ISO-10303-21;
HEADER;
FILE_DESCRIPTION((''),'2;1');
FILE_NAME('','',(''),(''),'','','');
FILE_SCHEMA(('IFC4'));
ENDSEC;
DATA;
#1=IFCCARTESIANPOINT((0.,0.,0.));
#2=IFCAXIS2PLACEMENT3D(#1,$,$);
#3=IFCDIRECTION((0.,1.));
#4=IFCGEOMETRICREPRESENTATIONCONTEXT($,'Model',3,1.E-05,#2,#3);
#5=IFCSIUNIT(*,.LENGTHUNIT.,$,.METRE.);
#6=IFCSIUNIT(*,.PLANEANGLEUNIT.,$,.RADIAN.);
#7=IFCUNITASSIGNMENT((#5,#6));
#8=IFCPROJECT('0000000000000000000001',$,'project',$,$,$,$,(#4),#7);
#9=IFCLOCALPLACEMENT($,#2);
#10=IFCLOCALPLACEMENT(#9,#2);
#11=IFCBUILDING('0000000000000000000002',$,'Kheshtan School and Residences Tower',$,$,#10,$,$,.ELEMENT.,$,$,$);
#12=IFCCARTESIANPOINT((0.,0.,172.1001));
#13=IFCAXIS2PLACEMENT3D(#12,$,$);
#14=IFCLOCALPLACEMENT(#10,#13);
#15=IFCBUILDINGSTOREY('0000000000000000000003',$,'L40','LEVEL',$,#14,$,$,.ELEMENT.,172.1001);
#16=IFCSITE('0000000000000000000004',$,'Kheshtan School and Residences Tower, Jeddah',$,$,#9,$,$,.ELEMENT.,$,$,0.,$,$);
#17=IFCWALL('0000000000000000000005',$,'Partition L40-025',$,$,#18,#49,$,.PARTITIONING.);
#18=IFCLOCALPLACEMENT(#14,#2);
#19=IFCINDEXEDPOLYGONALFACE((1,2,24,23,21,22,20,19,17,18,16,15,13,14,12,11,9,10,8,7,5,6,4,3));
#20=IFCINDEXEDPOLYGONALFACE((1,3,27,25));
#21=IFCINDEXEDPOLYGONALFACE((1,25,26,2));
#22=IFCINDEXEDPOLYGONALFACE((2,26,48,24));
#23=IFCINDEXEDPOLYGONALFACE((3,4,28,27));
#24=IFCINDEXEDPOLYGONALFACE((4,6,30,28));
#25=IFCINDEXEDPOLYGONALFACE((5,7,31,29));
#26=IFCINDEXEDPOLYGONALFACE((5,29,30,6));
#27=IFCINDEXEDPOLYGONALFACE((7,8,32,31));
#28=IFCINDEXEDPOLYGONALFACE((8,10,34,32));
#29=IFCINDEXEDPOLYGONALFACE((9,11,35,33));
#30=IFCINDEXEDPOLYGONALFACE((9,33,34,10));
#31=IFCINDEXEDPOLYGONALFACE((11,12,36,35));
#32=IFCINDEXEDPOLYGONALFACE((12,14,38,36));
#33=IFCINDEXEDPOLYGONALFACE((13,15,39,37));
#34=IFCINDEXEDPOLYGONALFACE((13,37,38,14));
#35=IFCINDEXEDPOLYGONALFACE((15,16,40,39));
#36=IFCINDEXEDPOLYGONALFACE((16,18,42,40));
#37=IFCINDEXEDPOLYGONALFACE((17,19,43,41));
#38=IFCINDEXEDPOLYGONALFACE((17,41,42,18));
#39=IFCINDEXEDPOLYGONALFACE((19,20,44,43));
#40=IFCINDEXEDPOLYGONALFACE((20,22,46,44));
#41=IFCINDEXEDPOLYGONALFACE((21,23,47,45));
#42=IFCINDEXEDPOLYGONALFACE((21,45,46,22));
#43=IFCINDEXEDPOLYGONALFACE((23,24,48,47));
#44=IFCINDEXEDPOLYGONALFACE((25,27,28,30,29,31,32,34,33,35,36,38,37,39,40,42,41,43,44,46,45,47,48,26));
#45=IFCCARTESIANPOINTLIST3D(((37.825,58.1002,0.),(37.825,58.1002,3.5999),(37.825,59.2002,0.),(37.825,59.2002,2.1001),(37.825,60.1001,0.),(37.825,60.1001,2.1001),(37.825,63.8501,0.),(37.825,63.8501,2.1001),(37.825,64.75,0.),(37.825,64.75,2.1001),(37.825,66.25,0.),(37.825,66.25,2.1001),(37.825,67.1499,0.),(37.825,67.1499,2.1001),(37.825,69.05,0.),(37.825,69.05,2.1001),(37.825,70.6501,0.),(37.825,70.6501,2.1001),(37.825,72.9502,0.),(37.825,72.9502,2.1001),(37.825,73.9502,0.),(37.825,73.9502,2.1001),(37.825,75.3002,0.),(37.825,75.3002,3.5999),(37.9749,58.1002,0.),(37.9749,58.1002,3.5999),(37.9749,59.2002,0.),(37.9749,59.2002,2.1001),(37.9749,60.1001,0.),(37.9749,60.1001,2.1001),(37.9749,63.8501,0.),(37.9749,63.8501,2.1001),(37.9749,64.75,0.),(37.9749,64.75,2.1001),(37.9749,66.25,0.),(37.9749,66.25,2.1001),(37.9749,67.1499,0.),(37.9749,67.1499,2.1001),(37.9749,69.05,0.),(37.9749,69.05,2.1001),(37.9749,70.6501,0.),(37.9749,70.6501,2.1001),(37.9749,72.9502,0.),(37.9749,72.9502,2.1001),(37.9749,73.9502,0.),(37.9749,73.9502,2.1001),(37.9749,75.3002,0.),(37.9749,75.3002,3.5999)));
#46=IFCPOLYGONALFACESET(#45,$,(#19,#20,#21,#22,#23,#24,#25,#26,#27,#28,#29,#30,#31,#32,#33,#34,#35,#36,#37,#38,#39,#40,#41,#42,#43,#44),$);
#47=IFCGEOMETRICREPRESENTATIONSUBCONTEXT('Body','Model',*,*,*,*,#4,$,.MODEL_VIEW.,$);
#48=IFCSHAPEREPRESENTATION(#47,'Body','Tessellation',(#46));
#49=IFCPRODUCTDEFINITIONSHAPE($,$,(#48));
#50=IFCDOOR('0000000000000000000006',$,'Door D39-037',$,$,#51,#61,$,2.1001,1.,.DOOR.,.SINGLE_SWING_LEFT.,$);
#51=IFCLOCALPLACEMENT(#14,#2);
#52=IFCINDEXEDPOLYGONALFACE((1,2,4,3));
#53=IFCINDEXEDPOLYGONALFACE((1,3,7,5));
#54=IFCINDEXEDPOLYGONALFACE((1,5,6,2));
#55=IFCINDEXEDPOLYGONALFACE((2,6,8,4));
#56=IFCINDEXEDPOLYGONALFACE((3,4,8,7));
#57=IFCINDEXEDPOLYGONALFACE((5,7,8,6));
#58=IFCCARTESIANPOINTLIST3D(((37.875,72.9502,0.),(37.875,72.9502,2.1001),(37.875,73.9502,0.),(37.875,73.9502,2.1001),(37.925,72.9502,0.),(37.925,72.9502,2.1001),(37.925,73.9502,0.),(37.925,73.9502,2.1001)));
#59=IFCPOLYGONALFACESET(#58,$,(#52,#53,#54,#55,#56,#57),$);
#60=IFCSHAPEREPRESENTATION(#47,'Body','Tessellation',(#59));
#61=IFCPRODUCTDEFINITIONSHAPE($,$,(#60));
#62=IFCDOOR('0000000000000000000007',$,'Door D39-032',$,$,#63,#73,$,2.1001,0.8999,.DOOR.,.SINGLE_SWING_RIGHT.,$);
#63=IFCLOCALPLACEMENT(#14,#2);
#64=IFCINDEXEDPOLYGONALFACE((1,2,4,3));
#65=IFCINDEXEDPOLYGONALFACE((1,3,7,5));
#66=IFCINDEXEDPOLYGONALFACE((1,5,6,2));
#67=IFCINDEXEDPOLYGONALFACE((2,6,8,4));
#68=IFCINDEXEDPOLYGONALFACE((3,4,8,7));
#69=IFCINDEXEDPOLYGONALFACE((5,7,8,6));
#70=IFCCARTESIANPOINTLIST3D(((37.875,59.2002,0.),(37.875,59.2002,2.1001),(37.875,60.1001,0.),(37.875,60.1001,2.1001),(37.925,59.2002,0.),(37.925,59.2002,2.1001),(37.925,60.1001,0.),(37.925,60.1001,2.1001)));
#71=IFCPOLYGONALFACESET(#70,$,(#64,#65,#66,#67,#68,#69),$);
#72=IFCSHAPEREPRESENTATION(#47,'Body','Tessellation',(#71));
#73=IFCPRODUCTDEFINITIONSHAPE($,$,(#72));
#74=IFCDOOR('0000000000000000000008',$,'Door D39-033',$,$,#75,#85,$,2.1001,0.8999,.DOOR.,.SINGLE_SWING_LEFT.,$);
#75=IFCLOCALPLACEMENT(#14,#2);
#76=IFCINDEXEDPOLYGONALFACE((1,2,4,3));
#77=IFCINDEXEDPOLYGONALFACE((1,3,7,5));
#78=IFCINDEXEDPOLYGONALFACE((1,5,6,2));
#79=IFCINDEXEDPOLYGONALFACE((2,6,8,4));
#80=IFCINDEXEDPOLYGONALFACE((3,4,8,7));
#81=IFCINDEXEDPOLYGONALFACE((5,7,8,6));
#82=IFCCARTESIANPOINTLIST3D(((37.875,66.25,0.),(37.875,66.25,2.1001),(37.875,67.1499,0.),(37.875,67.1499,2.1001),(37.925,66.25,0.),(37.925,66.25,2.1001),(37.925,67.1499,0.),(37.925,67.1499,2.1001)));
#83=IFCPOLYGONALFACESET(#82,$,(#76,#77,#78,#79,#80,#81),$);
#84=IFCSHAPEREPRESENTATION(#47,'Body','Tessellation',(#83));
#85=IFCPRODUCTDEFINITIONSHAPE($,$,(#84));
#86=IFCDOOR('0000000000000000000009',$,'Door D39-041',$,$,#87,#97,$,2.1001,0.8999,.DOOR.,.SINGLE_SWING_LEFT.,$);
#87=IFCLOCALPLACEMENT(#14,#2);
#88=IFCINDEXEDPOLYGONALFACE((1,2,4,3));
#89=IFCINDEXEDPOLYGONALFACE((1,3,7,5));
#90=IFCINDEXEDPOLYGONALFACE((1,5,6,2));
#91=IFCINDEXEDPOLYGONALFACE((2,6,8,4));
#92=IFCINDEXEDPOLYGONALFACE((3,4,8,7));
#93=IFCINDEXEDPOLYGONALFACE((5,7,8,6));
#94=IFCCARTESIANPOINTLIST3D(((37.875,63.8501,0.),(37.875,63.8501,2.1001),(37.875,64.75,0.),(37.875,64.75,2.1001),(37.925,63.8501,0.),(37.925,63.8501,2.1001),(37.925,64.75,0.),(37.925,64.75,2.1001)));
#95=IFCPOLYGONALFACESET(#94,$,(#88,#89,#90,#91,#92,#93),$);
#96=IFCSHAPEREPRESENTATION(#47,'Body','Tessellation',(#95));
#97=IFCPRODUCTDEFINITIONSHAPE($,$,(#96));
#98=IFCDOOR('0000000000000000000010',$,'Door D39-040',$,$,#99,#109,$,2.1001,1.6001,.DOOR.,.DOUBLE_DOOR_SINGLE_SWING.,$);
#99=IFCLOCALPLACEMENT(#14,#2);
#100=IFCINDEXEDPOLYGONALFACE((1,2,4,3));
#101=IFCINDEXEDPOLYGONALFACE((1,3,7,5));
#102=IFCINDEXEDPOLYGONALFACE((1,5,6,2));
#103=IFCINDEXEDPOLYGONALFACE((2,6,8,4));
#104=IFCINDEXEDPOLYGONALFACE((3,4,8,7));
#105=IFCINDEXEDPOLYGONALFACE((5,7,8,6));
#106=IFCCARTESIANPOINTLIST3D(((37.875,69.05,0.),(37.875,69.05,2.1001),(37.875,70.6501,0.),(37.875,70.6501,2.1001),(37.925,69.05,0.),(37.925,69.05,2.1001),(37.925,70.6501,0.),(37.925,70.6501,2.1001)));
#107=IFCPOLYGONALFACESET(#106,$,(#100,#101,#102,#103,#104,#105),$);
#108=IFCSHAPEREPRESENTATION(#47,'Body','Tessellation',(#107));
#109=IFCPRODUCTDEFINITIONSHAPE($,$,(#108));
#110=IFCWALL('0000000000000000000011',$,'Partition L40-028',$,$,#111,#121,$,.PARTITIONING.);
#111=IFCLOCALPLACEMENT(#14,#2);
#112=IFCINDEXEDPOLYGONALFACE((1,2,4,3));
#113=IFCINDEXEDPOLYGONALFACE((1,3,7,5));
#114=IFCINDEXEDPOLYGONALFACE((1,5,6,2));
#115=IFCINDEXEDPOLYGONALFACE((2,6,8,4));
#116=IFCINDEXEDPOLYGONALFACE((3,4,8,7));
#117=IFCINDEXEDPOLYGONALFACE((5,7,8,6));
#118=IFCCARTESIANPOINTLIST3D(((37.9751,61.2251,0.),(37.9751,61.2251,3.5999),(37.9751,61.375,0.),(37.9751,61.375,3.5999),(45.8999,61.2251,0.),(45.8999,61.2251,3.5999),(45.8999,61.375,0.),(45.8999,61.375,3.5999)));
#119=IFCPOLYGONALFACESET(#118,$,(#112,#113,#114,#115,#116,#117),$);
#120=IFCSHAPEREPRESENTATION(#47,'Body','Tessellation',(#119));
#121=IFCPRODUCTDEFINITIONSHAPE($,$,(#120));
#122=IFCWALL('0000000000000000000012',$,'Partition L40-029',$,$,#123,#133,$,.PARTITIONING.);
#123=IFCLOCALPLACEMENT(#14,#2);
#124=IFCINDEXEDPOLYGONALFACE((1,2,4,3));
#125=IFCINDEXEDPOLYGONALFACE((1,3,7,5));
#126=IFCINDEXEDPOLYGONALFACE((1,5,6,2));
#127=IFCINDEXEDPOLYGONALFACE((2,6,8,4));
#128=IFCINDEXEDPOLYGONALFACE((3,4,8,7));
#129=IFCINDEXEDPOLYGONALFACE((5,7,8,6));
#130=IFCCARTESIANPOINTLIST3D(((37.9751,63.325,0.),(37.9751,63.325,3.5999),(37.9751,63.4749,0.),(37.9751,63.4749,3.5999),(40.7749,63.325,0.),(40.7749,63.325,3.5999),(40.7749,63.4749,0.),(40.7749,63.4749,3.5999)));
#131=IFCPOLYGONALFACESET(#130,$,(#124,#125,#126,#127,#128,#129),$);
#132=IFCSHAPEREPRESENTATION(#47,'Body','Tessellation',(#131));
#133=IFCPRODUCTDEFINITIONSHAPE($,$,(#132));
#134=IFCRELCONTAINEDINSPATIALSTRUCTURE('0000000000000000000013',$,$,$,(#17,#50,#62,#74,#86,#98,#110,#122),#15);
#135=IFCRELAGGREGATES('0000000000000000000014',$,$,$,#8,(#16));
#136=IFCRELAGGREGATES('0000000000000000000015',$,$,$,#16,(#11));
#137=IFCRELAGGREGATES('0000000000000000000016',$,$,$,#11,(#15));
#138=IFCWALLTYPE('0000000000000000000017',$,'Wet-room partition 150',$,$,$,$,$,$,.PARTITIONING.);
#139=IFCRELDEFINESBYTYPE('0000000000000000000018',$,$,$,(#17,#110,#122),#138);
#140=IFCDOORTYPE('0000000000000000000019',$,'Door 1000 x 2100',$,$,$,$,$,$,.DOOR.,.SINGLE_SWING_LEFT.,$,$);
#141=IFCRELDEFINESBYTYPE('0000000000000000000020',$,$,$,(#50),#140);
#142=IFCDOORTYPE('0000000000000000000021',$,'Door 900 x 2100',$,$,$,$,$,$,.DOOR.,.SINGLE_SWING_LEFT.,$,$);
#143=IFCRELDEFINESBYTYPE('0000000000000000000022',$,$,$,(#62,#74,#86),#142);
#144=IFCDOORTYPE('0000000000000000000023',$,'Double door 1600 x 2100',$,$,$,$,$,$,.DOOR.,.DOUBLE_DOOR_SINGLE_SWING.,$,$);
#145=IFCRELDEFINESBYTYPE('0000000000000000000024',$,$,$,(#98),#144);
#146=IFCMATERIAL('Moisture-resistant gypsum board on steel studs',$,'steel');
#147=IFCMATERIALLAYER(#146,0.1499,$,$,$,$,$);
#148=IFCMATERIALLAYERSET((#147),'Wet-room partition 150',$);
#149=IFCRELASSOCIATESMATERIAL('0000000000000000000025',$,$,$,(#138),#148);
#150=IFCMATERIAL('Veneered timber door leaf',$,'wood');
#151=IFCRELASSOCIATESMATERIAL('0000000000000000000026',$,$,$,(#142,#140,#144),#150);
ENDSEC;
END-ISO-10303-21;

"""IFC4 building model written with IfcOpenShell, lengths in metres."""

from ifc_helpers import new_model, si_unit, direction, frame, frame_2d, origin, place, context, subcontext, project, spatial, rectangle, extrude, source, transform, mapped, material, layer, layer_set, type_object, element, fill, save


model = new_model("IFC4")

# Units and contexts
model_context = context("Model", 3, precision=1e-05, world=origin(), true_north=direction((0.0, 1.0)))
body_context = subcontext(model_context, "Body", "Model", "MODEL_VIEW")
ifc_project = project(units=[si_unit("LENGTHUNIT", "METRE"), si_unit("PLANEANGLEUNIT", "RADIAN")], contexts=[model_context])

# Site, building, storey
site_placement = place(None, origin())
site = spatial("IfcSite", under=ifc_project, at=site_placement, Name="Kheshtan School and Residences Tower, Jeddah", CompositionType="ELEMENT", RefElevation=0.0)
building_placement = place(site_placement, origin())
building = spatial("IfcBuilding", under=site, at=building_placement, Name="Kheshtan School and Residences Tower", CompositionType="ELEMENT")
storey_placement = place(building_placement, frame((0.0, 0.0, 172.1001)))
storey = spatial("IfcBuildingStorey", under=building, at=storey_placement, Name="L40", Description="LEVEL", CompositionType="ELEMENT", Elevation=172.1001)

# Shared definitions
ifc_material_1 = material(Name="Moisture-resistant gypsum board on steel studs", Category="steel")
ifc_layer_1 = layer(ifc_material_1, 0.1499)
ifc_layer_set_1 = layer_set([ifc_layer_1], Name="Wet-room partition 150")
wall_type_1 = type_object("IfcWallType", Name="Wet-room partition 150", PredefinedType="PARTITIONING", material=ifc_layer_set_1)

# Shared definitions
ifc_material_2 = material(Name="Veneered timber door leaf", Category="wood")

# Wall, openings, doors
door_type_1 = type_object("IfcDoorType", Name="Door 900 x 2100", OperationType="SINGLE_SWING_LEFT", PredefinedType="DOOR", material=ifc_material_2)
shared_shape_1 = source(origin(), body_context, "Body", "SweptSolid", [
    extrude(rectangle(XDim=0.8999, YDim=2.1001, at=frame_2d((0.45, 1.05))), frame((0.0, 0.0249, 0.0), z_axis=(0.0, -1.0, 0.0), x_axis=(1.0, 0.0, 0.0)), (0.0, 0.0, 1.0), 0.05),
])
wall_1_placement = place(storey_placement, frame((37.8999, 58.1001, 0.0), z_axis=(0.0, 0.0, 1.0), x_axis=(0.0, 1.0, 0.0)))
wall_1 = element("IfcWall", 1, at=wall_1_placement, inside=storey, type_object=wall_type_1, Name="Partition L40-025", PredefinedType="PARTITIONING", context=body_context, shape_type="SweptSolid", body=[
    extrude(rectangle(XDim=17.2, YDim=0.1499, at=frame_2d((8.6001, 0.0))), origin(), (0.0, 0.0, 1.0), 3.5999),
])
opening_1_placement = place(wall_1_placement, frame((1.1001, 0.0, 0.0)))
opening_1 = element("IfcOpeningElement", 2, at=opening_1_placement, cuts=wall_1, PredefinedType="OPENING", context=body_context, shape_type="SweptSolid", body=[
    extrude(rectangle(XDim=0.8999, YDim=2.1001, at=frame_2d((0.45, 1.05))), frame((0.0, 0.085, 0.0), z_axis=(0.0, -1.0, 0.0), x_axis=(1.0, 0.0, 0.0)), (0.0, 0.0, 1.0), 0.1699),
])
opening_2_placement = place(wall_1_placement, frame((8.1499, 0.0, 0.0)))
opening_2 = element("IfcOpeningElement", 3, at=opening_2_placement, cuts=wall_1, PredefinedType="OPENING", context=body_context, shape_type="SweptSolid", body=[
    extrude(rectangle(XDim=0.8999, YDim=2.1001, at=frame_2d((0.45, 1.05))), frame((0.0, 0.085, 0.0), z_axis=(0.0, -1.0, 0.0), x_axis=(1.0, 0.0, 0.0)), (0.0, 0.0, 1.0), 0.1699),
])
opening_3_placement = place(wall_1_placement, frame((14.8501, 0.0, 0.0)))
opening_3 = element("IfcOpeningElement", 4, at=opening_3_placement, cuts=wall_1, PredefinedType="OPENING", context=body_context, shape_type="SweptSolid", body=[
    extrude(rectangle(XDim=1.0, YDim=2.1001, at=frame_2d((0.5, 1.05))), frame((0.0, 0.085, 0.0), z_axis=(0.0, -1.0, 0.0), x_axis=(1.0, 0.0, 0.0)), (0.0, 0.0, 1.0), 0.1699),
])
opening_4_placement = place(wall_1_placement, frame((10.95, 0.0, 0.0)))
opening_4 = element("IfcOpeningElement", 5, at=opening_4_placement, cuts=wall_1, PredefinedType="OPENING", context=body_context, shape_type="SweptSolid", body=[
    extrude(rectangle(XDim=1.6001, YDim=2.1001, at=frame_2d((0.8, 1.05))), frame((0.0, 0.085, 0.0), z_axis=(0.0, -1.0, 0.0), x_axis=(1.0, 0.0, 0.0)), (0.0, 0.0, 1.0), 0.1699),
])
opening_5_placement = place(wall_1_placement, frame((5.75, 0.0, 0.0)))
opening_5 = element("IfcOpeningElement", 6, at=opening_5_placement, cuts=wall_1, PredefinedType="OPENING", context=body_context, shape_type="SweptSolid", body=[
    extrude(rectangle(XDim=0.8999, YDim=2.1001, at=frame_2d((0.45, 1.05))), frame((0.0, 0.085, 0.0), z_axis=(0.0, -1.0, 0.0), x_axis=(1.0, 0.0, 0.0)), (0.0, 0.0, 1.0), 0.1699),
])
door_type_2 = type_object("IfcDoorType", Name="Door 1000 x 2100", OperationType="SINGLE_SWING_LEFT", PredefinedType="DOOR", material=ifc_material_2)
shared_shape_2 = source(origin(), body_context, "Body", "SweptSolid", [
    extrude(rectangle(XDim=1.0, YDim=2.1001, at=frame_2d((0.5, 1.05))), frame((0.0, 0.0249, 0.0), z_axis=(0.0, -1.0, 0.0), x_axis=(1.0, 0.0, 0.0)), (0.0, 0.0, 1.0), 0.05),
])
door_1_placement = place(opening_3_placement, origin())
door_1 = element("IfcDoor", 7, at=door_1_placement, inside=storey, type_object=door_type_2, Name="Door D39-037", OperationType="SINGLE_SWING_LEFT", OverallHeight=2.1001, OverallWidth=1.0, PredefinedType="DOOR", context=body_context, shape_type="MappedRepresentation", body=[
    mapped(shared_shape_2, transform((0.0, 0.0, 0.0), x_axis=(1.0, 0.0, 0.0), y_axis=(0.0, 1.0, 0.0), z_axis=(0.0, 0.0, 1.0), scale=1.0)),
])
fill(opening_3, door_1)
door_2_placement = place(opening_1_placement, origin())
door_2 = element("IfcDoor", 8, at=door_2_placement, inside=storey, type_object=door_type_1, Name="Door D39-032", OperationType="SINGLE_SWING_RIGHT", OverallHeight=2.1001, OverallWidth=0.8999, PredefinedType="DOOR", context=body_context, shape_type="MappedRepresentation", body=[
    mapped(shared_shape_1, transform((0.0, 0.0, 0.0), x_axis=(1.0, 0.0, 0.0), y_axis=(0.0, 1.0, 0.0), z_axis=(0.0, 0.0, 1.0), scale=1.0)),
])
fill(opening_1, door_2)
door_3_placement = place(opening_2_placement, origin())
door_3 = element("IfcDoor", 9, at=door_3_placement, inside=storey, type_object=door_type_1, Name="Door D39-033", OperationType="SINGLE_SWING_LEFT", OverallHeight=2.1001, OverallWidth=0.8999, PredefinedType="DOOR", context=body_context, shape_type="MappedRepresentation", body=[
    mapped(shared_shape_1, transform((0.0, 0.0, 0.0), x_axis=(1.0, 0.0, 0.0), y_axis=(0.0, 1.0, 0.0), z_axis=(0.0, 0.0, 1.0), scale=1.0)),
])
fill(opening_2, door_3)
door_4_placement = place(opening_5_placement, origin())
door_4 = element("IfcDoor", 10, at=door_4_placement, inside=storey, type_object=door_type_1, Name="Door D39-041", OperationType="SINGLE_SWING_LEFT", OverallHeight=2.1001, OverallWidth=0.8999, PredefinedType="DOOR", context=body_context, shape_type="MappedRepresentation", body=[
    mapped(shared_shape_1, transform((0.0, 0.0, 0.0), x_axis=(1.0, 0.0, 0.0), y_axis=(0.0, 1.0, 0.0), z_axis=(0.0, 0.0, 1.0), scale=1.0)),
])
fill(opening_5, door_4)
door_type_3 = type_object("IfcDoorType", Name="Double door 1600 x 2100", OperationType="DOUBLE_DOOR_SINGLE_SWING", PredefinedType="DOOR", material=ifc_material_2)
shared_shape_3 = source(origin(), body_context, "Body", "SweptSolid", [
    extrude(rectangle(XDim=1.6001, YDim=2.1001, at=frame_2d((0.8, 1.05))), frame((0.0, 0.0249, 0.0), z_axis=(0.0, -1.0, 0.0), x_axis=(1.0, 0.0, 0.0)), (0.0, 0.0, 1.0), 0.05),
])
door_5_placement = place(opening_4_placement, origin())
door_5 = element("IfcDoor", 11, at=door_5_placement, inside=storey, type_object=door_type_3, Name="Door D39-040", OperationType="DOUBLE_DOOR_SINGLE_SWING", OverallHeight=2.1001, OverallWidth=1.6001, PredefinedType="DOOR", context=body_context, shape_type="MappedRepresentation", body=[
    mapped(shared_shape_3, transform((0.0, 0.0, 0.0), x_axis=(1.0, 0.0, 0.0), y_axis=(0.0, 1.0, 0.0), z_axis=(0.0, 0.0, 1.0), scale=1.0)),
])
fill(opening_4, door_5)

# Walls
wall_2_placement = place(storey_placement, frame((37.9751, 61.3, 0.0), z_axis=(0.0, 0.0, 1.0), x_axis=(1.0, 0.0, 0.0)))
element("IfcWall", 12, at=wall_2_placement, inside=storey, type_object=wall_type_1, Name="Partition L40-028", PredefinedType="PARTITIONING", context=body_context, shape_type="SweptSolid", body=[
    extrude(rectangle(XDim=7.9248, YDim=0.1499, at=frame_2d((3.9624, 0.0))), origin(), (0.0, 0.0, 1.0), 3.5999),
])
wall_3_placement = place(storey_placement, frame((37.9751, 63.3999, 0.0), z_axis=(0.0, 0.0, 1.0), x_axis=(1.0, 0.0, 0.0)))
element("IfcWall", 13, at=wall_3_placement, inside=storey, type_object=wall_type_1, Name="Partition L40-029", PredefinedType="PARTITIONING", context=body_context, shape_type="SweptSolid", body=[
    extrude(rectangle(XDim=2.7998, YDim=0.1499, at=frame_2d((1.3999, 0.0))), origin(), (0.0, 0.0, 1.0), 3.5999),
])

save(model, "model.ifc")
